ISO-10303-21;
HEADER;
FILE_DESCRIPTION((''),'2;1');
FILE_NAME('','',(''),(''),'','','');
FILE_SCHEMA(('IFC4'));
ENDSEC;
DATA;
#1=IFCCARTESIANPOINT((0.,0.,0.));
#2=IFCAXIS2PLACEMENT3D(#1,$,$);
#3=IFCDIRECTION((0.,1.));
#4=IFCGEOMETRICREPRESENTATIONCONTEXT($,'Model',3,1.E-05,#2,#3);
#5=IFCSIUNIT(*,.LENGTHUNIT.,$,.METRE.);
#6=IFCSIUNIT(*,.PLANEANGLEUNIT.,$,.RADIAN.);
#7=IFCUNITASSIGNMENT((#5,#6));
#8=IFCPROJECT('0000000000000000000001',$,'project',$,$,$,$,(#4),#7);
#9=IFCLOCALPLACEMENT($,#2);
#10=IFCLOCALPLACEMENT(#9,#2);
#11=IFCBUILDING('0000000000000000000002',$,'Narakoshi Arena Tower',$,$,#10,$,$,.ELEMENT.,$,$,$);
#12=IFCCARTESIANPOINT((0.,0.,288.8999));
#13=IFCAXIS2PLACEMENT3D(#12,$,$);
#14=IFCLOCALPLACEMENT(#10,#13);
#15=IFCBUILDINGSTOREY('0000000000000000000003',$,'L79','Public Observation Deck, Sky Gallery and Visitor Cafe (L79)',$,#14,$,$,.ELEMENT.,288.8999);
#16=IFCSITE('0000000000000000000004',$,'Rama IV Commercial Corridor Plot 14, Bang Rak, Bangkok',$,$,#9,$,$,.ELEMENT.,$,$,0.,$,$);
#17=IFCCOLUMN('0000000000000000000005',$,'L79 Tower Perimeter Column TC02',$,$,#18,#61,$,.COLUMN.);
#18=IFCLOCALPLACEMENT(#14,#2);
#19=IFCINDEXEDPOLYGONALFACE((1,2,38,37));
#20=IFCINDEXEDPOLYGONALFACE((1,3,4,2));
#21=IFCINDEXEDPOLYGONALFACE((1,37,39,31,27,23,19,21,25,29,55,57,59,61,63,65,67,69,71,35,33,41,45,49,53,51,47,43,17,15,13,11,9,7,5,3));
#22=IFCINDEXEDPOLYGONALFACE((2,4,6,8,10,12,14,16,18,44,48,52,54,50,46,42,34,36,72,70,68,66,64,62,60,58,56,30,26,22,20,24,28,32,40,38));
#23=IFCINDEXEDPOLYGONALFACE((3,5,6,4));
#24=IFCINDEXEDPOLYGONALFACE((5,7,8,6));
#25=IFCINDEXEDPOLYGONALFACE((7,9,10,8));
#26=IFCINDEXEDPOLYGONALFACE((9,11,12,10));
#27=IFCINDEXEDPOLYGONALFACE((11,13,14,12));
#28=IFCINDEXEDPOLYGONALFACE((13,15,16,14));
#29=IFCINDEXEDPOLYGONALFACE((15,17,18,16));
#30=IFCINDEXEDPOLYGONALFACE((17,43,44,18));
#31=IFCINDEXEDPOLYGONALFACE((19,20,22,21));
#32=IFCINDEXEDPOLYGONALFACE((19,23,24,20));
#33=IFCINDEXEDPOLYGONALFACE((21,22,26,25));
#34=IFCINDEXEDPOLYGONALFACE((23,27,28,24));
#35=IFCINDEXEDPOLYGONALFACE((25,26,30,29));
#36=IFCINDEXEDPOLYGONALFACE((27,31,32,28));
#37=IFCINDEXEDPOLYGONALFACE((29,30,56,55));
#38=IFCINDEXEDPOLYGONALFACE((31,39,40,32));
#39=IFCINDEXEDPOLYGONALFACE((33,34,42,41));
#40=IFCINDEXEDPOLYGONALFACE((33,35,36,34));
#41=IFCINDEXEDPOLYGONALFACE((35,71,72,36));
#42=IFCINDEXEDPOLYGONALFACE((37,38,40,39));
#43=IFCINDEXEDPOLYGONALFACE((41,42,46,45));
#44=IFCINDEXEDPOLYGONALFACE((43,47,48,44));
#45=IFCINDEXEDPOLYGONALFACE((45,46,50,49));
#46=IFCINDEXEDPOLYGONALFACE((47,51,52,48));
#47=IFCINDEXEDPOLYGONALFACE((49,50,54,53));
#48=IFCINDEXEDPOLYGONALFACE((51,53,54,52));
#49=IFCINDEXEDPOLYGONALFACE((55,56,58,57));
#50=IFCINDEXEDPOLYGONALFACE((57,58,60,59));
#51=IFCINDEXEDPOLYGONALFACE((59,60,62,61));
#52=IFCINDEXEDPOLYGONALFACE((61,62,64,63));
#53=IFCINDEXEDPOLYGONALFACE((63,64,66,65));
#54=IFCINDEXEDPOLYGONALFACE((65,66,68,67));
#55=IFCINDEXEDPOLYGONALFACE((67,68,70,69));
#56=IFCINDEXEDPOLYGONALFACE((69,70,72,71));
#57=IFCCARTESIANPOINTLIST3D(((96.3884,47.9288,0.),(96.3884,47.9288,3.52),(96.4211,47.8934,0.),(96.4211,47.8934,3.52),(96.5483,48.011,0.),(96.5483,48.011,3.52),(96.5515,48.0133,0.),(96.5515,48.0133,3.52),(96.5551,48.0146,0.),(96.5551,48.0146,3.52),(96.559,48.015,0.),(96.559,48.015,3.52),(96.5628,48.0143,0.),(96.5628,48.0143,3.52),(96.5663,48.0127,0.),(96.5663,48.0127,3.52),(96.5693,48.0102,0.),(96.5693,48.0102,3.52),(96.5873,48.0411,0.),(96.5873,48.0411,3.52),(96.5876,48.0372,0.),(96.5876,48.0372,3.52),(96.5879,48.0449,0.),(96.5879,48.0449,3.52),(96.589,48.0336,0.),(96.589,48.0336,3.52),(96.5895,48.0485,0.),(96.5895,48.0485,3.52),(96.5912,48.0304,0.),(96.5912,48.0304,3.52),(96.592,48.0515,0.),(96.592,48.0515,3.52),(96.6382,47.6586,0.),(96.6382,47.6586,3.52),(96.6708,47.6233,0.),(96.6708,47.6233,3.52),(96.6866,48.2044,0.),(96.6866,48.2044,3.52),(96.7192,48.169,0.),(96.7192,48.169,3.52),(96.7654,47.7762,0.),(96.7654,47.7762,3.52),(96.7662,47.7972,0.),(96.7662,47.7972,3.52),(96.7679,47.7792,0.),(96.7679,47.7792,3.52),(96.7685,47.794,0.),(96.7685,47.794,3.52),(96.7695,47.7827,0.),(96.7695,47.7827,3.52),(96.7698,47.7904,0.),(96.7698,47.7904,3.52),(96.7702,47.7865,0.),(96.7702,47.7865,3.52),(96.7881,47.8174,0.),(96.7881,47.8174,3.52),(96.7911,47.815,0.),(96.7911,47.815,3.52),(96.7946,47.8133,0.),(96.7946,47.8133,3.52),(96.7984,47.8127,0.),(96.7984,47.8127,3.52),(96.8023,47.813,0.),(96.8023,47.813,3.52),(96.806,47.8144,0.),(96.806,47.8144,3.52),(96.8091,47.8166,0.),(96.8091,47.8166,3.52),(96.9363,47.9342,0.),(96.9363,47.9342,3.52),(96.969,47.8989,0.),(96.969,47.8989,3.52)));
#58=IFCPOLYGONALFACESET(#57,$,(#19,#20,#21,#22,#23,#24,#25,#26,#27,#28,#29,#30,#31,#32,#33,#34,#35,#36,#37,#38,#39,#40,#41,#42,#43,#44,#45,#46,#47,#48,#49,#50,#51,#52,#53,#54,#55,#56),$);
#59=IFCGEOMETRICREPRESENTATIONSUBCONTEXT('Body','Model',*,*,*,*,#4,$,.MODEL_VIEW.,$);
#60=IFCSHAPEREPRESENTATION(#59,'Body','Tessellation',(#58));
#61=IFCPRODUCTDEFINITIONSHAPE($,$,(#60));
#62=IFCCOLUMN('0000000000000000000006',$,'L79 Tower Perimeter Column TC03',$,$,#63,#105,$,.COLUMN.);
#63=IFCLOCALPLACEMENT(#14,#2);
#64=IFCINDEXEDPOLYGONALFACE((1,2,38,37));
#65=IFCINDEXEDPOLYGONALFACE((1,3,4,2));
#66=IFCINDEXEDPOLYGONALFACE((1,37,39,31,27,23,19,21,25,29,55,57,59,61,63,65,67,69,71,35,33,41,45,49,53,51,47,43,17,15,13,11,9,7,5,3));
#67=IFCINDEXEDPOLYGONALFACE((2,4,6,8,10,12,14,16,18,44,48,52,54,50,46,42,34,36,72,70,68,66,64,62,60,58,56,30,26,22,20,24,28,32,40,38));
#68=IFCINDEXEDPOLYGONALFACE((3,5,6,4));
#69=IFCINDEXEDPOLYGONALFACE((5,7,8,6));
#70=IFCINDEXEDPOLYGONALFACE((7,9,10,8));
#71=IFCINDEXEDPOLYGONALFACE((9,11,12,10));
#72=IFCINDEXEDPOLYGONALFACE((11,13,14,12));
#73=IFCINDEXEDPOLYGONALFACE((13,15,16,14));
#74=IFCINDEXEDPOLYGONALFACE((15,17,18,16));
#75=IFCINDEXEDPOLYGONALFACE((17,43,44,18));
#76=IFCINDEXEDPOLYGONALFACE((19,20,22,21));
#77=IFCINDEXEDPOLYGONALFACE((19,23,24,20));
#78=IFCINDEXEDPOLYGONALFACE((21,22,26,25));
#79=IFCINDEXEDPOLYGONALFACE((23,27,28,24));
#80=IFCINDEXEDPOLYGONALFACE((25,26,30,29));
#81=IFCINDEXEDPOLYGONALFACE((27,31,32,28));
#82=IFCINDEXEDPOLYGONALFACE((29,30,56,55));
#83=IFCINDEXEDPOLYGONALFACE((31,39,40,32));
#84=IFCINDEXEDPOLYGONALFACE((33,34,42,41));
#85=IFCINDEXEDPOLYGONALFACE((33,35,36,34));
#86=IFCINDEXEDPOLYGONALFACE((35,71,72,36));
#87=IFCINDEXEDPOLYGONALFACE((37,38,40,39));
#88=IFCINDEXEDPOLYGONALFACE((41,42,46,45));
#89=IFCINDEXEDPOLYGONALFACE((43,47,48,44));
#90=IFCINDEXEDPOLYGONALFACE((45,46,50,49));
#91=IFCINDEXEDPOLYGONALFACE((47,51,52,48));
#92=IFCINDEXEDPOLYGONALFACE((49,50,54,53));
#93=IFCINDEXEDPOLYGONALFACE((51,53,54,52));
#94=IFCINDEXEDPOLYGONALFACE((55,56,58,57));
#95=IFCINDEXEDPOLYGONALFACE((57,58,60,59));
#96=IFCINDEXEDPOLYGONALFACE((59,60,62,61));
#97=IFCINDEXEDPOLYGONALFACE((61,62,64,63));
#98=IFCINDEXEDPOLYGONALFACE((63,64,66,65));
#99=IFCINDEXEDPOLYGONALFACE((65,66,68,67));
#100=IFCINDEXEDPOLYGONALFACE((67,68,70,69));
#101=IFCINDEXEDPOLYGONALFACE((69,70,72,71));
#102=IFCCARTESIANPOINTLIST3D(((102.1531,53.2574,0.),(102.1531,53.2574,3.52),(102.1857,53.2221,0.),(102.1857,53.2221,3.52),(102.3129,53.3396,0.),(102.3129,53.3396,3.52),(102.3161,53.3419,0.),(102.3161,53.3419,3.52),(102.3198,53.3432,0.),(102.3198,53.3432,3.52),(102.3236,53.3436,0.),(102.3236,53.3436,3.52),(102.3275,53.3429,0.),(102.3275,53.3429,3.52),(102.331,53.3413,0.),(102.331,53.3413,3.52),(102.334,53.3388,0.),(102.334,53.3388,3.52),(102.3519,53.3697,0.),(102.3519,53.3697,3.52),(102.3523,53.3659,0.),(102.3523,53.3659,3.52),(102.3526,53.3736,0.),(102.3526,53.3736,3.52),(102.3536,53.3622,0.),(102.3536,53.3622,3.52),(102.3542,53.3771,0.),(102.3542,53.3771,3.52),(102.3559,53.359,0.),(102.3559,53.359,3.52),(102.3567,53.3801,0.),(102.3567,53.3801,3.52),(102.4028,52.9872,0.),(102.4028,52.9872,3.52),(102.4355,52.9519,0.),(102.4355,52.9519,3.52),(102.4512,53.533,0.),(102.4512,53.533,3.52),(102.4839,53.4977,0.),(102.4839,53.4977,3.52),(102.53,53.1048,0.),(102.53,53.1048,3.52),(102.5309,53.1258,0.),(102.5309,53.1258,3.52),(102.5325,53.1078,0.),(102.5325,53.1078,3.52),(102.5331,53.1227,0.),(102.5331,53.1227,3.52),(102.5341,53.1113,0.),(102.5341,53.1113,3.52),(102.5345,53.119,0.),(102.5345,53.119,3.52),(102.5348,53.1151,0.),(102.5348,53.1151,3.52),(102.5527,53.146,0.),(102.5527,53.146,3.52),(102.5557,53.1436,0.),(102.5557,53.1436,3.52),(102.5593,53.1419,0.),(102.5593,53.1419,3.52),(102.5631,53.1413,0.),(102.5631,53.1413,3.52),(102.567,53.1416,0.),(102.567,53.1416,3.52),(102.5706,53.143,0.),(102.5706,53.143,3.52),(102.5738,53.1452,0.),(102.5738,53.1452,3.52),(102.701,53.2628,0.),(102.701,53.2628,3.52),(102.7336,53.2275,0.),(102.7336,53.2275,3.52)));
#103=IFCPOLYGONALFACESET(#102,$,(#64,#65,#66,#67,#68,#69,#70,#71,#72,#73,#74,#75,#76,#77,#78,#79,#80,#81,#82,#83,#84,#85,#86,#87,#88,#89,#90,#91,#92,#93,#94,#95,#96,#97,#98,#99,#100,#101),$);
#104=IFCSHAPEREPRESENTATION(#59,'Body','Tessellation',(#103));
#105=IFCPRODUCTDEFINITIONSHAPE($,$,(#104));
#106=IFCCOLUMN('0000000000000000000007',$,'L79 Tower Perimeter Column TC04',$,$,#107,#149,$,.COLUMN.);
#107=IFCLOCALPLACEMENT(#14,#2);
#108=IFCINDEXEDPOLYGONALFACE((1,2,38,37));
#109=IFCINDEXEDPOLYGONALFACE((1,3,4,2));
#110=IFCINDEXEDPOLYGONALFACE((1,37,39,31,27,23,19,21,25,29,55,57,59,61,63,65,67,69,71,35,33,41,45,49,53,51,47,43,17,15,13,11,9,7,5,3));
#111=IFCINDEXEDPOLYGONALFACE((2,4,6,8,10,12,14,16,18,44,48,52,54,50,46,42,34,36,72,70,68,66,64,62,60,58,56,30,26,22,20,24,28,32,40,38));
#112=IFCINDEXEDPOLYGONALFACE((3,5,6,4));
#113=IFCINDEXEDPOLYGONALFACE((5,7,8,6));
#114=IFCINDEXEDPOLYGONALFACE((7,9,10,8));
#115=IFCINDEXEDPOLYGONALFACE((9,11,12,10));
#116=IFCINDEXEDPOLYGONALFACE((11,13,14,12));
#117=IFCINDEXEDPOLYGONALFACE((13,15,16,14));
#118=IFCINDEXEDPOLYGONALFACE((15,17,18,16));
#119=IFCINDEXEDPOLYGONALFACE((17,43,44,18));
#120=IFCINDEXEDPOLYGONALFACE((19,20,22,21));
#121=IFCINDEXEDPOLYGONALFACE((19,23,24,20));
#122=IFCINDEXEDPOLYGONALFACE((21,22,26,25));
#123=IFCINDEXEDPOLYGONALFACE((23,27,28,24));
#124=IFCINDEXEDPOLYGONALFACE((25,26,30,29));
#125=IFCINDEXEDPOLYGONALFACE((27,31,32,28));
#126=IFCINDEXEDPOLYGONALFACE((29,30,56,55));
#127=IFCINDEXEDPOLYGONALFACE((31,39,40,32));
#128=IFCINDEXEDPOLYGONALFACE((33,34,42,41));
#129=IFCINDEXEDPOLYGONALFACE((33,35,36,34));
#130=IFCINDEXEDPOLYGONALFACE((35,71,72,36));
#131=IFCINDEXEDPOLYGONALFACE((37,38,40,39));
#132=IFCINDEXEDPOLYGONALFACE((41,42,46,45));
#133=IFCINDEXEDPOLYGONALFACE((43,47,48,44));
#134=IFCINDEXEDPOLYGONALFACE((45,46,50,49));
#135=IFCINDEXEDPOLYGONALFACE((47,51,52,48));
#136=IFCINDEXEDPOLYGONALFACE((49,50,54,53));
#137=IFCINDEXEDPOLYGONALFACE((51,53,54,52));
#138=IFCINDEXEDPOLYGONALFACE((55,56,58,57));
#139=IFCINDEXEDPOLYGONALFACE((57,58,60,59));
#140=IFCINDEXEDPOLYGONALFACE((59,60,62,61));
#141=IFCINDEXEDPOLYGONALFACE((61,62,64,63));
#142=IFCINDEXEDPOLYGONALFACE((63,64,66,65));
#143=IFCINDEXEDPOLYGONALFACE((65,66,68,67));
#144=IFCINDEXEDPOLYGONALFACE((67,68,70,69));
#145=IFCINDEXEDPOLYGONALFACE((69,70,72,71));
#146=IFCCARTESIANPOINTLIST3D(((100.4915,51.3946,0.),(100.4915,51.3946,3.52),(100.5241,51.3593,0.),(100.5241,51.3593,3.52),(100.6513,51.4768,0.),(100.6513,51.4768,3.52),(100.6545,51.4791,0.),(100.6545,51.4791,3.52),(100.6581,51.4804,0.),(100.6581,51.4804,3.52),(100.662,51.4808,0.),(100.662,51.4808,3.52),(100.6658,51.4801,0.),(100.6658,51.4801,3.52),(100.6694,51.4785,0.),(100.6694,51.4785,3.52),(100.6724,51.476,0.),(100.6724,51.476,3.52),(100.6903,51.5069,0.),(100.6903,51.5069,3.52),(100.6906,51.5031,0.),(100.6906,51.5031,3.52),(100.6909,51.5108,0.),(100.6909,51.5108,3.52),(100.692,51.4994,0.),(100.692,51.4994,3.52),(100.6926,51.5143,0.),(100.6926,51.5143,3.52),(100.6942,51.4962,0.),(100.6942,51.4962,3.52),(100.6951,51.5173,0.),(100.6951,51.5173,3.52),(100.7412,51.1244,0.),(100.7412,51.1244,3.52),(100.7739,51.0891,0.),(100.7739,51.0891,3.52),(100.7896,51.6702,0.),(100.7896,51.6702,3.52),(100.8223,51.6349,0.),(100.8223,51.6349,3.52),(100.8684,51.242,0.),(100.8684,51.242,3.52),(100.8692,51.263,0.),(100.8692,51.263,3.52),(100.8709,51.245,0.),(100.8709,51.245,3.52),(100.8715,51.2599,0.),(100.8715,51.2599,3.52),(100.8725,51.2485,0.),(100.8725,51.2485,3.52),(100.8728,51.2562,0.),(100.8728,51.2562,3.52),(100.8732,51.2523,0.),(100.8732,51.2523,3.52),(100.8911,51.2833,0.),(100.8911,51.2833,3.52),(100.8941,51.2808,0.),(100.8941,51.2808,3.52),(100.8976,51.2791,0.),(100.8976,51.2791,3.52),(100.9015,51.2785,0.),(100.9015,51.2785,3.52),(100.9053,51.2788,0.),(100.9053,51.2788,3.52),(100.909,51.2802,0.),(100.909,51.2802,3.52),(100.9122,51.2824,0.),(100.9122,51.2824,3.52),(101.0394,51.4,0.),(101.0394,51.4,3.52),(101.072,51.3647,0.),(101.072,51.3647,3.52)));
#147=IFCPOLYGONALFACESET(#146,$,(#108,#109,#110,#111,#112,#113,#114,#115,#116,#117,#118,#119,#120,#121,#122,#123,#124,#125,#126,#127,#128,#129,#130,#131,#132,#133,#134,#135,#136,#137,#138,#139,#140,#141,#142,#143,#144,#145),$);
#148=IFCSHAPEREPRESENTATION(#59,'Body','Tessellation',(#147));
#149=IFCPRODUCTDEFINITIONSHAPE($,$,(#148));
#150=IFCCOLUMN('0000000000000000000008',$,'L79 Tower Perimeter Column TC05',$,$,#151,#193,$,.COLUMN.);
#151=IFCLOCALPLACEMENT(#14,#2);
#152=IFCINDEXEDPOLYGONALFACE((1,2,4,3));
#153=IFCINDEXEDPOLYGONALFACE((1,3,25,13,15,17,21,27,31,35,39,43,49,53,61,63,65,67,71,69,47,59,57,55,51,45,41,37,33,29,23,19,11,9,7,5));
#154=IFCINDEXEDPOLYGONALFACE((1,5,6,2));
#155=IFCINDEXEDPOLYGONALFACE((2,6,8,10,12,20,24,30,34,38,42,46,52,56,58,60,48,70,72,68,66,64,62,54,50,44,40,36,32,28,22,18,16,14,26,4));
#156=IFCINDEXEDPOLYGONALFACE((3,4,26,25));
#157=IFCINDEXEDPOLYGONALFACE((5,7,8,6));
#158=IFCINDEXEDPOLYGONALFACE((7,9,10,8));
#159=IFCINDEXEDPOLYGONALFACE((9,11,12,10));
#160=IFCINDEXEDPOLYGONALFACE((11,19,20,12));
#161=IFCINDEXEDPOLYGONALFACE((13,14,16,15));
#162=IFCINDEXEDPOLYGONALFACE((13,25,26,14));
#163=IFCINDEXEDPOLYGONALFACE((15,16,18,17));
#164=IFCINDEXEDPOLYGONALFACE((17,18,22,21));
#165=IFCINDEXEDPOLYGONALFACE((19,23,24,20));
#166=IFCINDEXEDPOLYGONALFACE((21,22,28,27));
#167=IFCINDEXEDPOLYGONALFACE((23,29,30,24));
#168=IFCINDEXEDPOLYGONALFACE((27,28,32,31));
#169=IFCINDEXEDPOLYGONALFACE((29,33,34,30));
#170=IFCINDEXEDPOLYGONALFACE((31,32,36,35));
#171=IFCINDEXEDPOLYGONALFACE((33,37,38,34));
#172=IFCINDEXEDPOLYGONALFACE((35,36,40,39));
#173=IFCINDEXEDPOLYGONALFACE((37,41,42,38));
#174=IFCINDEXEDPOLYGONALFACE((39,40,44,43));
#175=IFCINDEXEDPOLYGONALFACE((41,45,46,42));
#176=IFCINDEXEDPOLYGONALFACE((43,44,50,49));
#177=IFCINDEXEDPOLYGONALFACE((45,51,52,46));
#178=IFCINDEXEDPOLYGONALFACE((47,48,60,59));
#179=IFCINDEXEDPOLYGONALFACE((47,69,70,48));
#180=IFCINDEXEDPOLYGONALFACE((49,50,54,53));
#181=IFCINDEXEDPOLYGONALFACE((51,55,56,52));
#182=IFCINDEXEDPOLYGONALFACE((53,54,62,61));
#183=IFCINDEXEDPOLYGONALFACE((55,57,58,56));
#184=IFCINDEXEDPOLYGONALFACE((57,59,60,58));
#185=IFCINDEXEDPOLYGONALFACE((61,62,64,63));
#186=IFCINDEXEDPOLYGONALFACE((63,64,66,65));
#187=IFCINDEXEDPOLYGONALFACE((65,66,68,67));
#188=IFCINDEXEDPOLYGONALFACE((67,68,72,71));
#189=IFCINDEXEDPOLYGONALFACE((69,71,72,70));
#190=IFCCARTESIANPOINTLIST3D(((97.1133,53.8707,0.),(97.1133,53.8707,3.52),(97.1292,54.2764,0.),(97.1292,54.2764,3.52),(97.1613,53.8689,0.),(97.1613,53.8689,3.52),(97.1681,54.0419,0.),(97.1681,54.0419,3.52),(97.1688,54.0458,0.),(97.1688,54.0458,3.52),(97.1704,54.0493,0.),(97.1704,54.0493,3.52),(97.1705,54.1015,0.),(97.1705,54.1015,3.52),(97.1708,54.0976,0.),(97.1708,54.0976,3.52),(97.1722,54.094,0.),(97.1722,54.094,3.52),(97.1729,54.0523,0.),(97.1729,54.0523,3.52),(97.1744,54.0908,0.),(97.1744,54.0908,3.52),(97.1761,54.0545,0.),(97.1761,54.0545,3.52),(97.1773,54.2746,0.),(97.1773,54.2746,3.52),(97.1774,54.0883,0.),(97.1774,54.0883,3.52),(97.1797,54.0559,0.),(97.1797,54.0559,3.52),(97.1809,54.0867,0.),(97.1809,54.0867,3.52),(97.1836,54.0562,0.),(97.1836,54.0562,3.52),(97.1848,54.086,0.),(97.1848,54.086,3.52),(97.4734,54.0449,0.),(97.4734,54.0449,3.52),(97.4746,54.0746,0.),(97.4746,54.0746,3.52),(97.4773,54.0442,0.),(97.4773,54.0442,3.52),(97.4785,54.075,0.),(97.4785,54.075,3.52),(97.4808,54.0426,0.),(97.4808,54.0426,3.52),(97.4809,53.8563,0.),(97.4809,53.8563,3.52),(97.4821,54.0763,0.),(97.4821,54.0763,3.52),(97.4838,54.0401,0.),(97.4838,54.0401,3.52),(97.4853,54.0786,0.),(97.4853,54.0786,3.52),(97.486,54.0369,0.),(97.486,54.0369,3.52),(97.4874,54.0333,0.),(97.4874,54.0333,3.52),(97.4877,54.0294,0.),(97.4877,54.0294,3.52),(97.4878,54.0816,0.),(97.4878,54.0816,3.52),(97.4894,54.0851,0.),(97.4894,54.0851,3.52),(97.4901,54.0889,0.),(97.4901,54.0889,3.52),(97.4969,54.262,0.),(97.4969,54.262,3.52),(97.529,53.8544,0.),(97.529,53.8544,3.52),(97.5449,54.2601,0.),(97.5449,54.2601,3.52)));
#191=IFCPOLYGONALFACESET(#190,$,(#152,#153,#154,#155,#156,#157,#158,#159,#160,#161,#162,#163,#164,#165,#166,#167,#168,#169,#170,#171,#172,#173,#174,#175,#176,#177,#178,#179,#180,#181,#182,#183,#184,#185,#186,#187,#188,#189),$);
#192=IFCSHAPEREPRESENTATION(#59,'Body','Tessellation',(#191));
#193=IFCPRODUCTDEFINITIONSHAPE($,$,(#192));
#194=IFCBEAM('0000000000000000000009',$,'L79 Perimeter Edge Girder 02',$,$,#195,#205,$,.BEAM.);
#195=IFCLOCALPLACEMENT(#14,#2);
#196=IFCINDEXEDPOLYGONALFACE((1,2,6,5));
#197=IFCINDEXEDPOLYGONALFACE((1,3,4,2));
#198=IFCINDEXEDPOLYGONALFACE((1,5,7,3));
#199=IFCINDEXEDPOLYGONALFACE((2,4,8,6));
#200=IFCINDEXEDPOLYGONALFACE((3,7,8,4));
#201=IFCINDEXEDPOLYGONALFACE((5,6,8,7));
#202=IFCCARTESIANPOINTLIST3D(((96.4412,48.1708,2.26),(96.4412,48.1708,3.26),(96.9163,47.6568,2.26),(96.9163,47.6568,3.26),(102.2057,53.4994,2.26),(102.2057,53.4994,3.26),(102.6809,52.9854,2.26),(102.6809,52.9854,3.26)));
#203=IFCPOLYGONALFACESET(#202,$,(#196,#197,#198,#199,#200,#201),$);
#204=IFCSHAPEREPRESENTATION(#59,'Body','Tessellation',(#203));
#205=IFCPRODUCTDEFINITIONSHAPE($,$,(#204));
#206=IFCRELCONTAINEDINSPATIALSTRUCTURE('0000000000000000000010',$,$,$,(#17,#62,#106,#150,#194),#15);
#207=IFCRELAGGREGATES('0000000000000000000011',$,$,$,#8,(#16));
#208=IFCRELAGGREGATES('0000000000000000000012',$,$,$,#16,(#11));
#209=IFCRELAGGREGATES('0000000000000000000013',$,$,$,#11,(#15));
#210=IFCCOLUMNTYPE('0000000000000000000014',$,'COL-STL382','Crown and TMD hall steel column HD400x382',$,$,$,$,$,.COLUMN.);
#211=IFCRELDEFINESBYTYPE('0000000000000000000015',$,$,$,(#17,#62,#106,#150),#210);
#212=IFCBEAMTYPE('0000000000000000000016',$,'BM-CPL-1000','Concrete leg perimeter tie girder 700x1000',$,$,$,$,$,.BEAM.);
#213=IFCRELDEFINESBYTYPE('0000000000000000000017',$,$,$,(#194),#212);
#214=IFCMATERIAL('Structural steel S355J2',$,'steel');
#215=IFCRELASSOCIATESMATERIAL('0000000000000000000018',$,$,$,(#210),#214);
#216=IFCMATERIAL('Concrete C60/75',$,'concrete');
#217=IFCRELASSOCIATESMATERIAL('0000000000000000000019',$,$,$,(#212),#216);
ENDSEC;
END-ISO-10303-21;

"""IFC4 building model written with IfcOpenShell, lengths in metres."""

from ifc_helpers import new_model, si_unit, direction, frame, origin, origin_2d, place, context, subcontext, project, spatial, rectangle, i_section, extrude, material, material_profile, profile_set, type_object, element, save


model = new_model("IFC4")

# Units and contexts
model_context = context("Model", 3, precision=1e-05, world=origin(), true_north=direction((0.0, 1.0)))
body_context = subcontext(model_context, "Body", "Model", "MODEL_VIEW")
ifc_project = project(units=[si_unit("LENGTHUNIT", "METRE"), si_unit("PLANEANGLEUNIT", "RADIAN")], contexts=[model_context])

# Site, building, storey
site_placement = place(None, origin())
site = spatial("IfcSite", under=ifc_project, at=site_placement, Name="Rama IV Commercial Corridor Plot 14, Bang Rak, Bangkok", CompositionType="ELEMENT", RefElevation=0.0)
building_placement = place(site_placement, origin())
building = spatial("IfcBuilding", under=site, at=building_placement, Name="Narakoshi Arena Tower", CompositionType="ELEMENT")
storey_placement = place(building_placement, frame((0.0, 0.0, 288.8999)))
storey = spatial("IfcBuildingStorey", under=building, at=storey_placement, Name="L79", Description="Public Observation Deck, Sky Gallery and Visitor Cafe (L79)", CompositionType="ELEMENT", Elevation=288.8999)

# Columns
ifc_material_1 = material(Name="Structural steel S355J2", Category="steel")
ifc_material_profile_1 = material_profile(ifc_material_1, i_section(OverallWidth=0.406, OverallDepth=0.416, WebThickness=0.0298, FlangeThickness=0.0481, FilletRadius=0.0149, at=origin_2d()), Name="HD400x382")
ifc_profile_set_1 = profile_set([ifc_material_profile_1], Name="Structural steel S355J2")
column_type = type_object("IfcColumnType", Name="COL-STL382", Description="Crown and TMD hall steel column HD400x382", PredefinedType="COLUMN", material=ifc_profile_set_1)
for number, where, z_axis, x_axis, name in (
    (1, (96.6787, 47.9138, 0.0), (0.0, 0.0, 1.0), (0.734323, 0.678801, 0.0), "L79 Tower Perimeter Column TC02"),
    (2, (102.4434, 53.2424, 0.0), (0.0, 0.0, 1.0), (0.734323, 0.678801, 0.0), "L79 Tower Perimeter Column TC03"),
    (3, (100.7817, 51.3796, 0.0), (0.0, 0.0, 1.0), (0.734323, 0.678801, 0.0), "L79 Tower Perimeter Column TC04"),
    (4, (97.3291, 54.0654, 0.0), (0.0, 0.0, 1.0), (0.03926, 0.999229, 0.0), "L79 Tower Perimeter Column TC05"),
):
    element("IfcColumn", number, at=place(storey_placement, frame(where, z_axis=z_axis, x_axis=x_axis)), inside=storey, type_object=column_type, Name=name, PredefinedType="COLUMN", context=body_context, shape_type="SweptSolid", body=[
        extrude(i_section(OverallWidth=0.406, OverallDepth=0.416, WebThickness=0.0298, FlangeThickness=0.0481, FilletRadius=0.0149, at=origin_2d()), origin(), (0.0, 0.0, 1.0), 3.52),
    ])

# Beam
ifc_material_2 = material(Name="Concrete C60/75", Category="concrete")
ifc_material_profile_2 = material_profile(ifc_material_2, rectangle(XDim=0.7, YDim=1.0, at=origin_2d()), Name="RCB700x1000")
ifc_profile_set_2 = profile_set([ifc_material_profile_2], Name="Concrete C60/75")
beam_type_1 = type_object("IfcBeamType", Name="BM-CPL-1000", Description="Concrete leg perimeter tie girder 700x1000", PredefinedType="BEAM", material=ifc_profile_set_2)
beam_1_placement = place(storey_placement, frame((96.6787, 47.9138, 2.76), z_axis=(0.734333, 0.678789, 0.0), x_axis=(-0.678789, 0.734333, 0.0)))
element("IfcBeam", 5, at=beam_1_placement, inside=storey, type_object=beam_type_1, Name="L79 Perimeter Edge Girder 02", PredefinedType="BEAM", context=body_context, shape_type="SweptSolid", body=[
    extrude(rectangle(XDim=0.7, YDim=1.0, at=origin_2d()), origin(), (0.0, 0.0, 1.0), 7.8501),
])

save(model, "model.ifc")
